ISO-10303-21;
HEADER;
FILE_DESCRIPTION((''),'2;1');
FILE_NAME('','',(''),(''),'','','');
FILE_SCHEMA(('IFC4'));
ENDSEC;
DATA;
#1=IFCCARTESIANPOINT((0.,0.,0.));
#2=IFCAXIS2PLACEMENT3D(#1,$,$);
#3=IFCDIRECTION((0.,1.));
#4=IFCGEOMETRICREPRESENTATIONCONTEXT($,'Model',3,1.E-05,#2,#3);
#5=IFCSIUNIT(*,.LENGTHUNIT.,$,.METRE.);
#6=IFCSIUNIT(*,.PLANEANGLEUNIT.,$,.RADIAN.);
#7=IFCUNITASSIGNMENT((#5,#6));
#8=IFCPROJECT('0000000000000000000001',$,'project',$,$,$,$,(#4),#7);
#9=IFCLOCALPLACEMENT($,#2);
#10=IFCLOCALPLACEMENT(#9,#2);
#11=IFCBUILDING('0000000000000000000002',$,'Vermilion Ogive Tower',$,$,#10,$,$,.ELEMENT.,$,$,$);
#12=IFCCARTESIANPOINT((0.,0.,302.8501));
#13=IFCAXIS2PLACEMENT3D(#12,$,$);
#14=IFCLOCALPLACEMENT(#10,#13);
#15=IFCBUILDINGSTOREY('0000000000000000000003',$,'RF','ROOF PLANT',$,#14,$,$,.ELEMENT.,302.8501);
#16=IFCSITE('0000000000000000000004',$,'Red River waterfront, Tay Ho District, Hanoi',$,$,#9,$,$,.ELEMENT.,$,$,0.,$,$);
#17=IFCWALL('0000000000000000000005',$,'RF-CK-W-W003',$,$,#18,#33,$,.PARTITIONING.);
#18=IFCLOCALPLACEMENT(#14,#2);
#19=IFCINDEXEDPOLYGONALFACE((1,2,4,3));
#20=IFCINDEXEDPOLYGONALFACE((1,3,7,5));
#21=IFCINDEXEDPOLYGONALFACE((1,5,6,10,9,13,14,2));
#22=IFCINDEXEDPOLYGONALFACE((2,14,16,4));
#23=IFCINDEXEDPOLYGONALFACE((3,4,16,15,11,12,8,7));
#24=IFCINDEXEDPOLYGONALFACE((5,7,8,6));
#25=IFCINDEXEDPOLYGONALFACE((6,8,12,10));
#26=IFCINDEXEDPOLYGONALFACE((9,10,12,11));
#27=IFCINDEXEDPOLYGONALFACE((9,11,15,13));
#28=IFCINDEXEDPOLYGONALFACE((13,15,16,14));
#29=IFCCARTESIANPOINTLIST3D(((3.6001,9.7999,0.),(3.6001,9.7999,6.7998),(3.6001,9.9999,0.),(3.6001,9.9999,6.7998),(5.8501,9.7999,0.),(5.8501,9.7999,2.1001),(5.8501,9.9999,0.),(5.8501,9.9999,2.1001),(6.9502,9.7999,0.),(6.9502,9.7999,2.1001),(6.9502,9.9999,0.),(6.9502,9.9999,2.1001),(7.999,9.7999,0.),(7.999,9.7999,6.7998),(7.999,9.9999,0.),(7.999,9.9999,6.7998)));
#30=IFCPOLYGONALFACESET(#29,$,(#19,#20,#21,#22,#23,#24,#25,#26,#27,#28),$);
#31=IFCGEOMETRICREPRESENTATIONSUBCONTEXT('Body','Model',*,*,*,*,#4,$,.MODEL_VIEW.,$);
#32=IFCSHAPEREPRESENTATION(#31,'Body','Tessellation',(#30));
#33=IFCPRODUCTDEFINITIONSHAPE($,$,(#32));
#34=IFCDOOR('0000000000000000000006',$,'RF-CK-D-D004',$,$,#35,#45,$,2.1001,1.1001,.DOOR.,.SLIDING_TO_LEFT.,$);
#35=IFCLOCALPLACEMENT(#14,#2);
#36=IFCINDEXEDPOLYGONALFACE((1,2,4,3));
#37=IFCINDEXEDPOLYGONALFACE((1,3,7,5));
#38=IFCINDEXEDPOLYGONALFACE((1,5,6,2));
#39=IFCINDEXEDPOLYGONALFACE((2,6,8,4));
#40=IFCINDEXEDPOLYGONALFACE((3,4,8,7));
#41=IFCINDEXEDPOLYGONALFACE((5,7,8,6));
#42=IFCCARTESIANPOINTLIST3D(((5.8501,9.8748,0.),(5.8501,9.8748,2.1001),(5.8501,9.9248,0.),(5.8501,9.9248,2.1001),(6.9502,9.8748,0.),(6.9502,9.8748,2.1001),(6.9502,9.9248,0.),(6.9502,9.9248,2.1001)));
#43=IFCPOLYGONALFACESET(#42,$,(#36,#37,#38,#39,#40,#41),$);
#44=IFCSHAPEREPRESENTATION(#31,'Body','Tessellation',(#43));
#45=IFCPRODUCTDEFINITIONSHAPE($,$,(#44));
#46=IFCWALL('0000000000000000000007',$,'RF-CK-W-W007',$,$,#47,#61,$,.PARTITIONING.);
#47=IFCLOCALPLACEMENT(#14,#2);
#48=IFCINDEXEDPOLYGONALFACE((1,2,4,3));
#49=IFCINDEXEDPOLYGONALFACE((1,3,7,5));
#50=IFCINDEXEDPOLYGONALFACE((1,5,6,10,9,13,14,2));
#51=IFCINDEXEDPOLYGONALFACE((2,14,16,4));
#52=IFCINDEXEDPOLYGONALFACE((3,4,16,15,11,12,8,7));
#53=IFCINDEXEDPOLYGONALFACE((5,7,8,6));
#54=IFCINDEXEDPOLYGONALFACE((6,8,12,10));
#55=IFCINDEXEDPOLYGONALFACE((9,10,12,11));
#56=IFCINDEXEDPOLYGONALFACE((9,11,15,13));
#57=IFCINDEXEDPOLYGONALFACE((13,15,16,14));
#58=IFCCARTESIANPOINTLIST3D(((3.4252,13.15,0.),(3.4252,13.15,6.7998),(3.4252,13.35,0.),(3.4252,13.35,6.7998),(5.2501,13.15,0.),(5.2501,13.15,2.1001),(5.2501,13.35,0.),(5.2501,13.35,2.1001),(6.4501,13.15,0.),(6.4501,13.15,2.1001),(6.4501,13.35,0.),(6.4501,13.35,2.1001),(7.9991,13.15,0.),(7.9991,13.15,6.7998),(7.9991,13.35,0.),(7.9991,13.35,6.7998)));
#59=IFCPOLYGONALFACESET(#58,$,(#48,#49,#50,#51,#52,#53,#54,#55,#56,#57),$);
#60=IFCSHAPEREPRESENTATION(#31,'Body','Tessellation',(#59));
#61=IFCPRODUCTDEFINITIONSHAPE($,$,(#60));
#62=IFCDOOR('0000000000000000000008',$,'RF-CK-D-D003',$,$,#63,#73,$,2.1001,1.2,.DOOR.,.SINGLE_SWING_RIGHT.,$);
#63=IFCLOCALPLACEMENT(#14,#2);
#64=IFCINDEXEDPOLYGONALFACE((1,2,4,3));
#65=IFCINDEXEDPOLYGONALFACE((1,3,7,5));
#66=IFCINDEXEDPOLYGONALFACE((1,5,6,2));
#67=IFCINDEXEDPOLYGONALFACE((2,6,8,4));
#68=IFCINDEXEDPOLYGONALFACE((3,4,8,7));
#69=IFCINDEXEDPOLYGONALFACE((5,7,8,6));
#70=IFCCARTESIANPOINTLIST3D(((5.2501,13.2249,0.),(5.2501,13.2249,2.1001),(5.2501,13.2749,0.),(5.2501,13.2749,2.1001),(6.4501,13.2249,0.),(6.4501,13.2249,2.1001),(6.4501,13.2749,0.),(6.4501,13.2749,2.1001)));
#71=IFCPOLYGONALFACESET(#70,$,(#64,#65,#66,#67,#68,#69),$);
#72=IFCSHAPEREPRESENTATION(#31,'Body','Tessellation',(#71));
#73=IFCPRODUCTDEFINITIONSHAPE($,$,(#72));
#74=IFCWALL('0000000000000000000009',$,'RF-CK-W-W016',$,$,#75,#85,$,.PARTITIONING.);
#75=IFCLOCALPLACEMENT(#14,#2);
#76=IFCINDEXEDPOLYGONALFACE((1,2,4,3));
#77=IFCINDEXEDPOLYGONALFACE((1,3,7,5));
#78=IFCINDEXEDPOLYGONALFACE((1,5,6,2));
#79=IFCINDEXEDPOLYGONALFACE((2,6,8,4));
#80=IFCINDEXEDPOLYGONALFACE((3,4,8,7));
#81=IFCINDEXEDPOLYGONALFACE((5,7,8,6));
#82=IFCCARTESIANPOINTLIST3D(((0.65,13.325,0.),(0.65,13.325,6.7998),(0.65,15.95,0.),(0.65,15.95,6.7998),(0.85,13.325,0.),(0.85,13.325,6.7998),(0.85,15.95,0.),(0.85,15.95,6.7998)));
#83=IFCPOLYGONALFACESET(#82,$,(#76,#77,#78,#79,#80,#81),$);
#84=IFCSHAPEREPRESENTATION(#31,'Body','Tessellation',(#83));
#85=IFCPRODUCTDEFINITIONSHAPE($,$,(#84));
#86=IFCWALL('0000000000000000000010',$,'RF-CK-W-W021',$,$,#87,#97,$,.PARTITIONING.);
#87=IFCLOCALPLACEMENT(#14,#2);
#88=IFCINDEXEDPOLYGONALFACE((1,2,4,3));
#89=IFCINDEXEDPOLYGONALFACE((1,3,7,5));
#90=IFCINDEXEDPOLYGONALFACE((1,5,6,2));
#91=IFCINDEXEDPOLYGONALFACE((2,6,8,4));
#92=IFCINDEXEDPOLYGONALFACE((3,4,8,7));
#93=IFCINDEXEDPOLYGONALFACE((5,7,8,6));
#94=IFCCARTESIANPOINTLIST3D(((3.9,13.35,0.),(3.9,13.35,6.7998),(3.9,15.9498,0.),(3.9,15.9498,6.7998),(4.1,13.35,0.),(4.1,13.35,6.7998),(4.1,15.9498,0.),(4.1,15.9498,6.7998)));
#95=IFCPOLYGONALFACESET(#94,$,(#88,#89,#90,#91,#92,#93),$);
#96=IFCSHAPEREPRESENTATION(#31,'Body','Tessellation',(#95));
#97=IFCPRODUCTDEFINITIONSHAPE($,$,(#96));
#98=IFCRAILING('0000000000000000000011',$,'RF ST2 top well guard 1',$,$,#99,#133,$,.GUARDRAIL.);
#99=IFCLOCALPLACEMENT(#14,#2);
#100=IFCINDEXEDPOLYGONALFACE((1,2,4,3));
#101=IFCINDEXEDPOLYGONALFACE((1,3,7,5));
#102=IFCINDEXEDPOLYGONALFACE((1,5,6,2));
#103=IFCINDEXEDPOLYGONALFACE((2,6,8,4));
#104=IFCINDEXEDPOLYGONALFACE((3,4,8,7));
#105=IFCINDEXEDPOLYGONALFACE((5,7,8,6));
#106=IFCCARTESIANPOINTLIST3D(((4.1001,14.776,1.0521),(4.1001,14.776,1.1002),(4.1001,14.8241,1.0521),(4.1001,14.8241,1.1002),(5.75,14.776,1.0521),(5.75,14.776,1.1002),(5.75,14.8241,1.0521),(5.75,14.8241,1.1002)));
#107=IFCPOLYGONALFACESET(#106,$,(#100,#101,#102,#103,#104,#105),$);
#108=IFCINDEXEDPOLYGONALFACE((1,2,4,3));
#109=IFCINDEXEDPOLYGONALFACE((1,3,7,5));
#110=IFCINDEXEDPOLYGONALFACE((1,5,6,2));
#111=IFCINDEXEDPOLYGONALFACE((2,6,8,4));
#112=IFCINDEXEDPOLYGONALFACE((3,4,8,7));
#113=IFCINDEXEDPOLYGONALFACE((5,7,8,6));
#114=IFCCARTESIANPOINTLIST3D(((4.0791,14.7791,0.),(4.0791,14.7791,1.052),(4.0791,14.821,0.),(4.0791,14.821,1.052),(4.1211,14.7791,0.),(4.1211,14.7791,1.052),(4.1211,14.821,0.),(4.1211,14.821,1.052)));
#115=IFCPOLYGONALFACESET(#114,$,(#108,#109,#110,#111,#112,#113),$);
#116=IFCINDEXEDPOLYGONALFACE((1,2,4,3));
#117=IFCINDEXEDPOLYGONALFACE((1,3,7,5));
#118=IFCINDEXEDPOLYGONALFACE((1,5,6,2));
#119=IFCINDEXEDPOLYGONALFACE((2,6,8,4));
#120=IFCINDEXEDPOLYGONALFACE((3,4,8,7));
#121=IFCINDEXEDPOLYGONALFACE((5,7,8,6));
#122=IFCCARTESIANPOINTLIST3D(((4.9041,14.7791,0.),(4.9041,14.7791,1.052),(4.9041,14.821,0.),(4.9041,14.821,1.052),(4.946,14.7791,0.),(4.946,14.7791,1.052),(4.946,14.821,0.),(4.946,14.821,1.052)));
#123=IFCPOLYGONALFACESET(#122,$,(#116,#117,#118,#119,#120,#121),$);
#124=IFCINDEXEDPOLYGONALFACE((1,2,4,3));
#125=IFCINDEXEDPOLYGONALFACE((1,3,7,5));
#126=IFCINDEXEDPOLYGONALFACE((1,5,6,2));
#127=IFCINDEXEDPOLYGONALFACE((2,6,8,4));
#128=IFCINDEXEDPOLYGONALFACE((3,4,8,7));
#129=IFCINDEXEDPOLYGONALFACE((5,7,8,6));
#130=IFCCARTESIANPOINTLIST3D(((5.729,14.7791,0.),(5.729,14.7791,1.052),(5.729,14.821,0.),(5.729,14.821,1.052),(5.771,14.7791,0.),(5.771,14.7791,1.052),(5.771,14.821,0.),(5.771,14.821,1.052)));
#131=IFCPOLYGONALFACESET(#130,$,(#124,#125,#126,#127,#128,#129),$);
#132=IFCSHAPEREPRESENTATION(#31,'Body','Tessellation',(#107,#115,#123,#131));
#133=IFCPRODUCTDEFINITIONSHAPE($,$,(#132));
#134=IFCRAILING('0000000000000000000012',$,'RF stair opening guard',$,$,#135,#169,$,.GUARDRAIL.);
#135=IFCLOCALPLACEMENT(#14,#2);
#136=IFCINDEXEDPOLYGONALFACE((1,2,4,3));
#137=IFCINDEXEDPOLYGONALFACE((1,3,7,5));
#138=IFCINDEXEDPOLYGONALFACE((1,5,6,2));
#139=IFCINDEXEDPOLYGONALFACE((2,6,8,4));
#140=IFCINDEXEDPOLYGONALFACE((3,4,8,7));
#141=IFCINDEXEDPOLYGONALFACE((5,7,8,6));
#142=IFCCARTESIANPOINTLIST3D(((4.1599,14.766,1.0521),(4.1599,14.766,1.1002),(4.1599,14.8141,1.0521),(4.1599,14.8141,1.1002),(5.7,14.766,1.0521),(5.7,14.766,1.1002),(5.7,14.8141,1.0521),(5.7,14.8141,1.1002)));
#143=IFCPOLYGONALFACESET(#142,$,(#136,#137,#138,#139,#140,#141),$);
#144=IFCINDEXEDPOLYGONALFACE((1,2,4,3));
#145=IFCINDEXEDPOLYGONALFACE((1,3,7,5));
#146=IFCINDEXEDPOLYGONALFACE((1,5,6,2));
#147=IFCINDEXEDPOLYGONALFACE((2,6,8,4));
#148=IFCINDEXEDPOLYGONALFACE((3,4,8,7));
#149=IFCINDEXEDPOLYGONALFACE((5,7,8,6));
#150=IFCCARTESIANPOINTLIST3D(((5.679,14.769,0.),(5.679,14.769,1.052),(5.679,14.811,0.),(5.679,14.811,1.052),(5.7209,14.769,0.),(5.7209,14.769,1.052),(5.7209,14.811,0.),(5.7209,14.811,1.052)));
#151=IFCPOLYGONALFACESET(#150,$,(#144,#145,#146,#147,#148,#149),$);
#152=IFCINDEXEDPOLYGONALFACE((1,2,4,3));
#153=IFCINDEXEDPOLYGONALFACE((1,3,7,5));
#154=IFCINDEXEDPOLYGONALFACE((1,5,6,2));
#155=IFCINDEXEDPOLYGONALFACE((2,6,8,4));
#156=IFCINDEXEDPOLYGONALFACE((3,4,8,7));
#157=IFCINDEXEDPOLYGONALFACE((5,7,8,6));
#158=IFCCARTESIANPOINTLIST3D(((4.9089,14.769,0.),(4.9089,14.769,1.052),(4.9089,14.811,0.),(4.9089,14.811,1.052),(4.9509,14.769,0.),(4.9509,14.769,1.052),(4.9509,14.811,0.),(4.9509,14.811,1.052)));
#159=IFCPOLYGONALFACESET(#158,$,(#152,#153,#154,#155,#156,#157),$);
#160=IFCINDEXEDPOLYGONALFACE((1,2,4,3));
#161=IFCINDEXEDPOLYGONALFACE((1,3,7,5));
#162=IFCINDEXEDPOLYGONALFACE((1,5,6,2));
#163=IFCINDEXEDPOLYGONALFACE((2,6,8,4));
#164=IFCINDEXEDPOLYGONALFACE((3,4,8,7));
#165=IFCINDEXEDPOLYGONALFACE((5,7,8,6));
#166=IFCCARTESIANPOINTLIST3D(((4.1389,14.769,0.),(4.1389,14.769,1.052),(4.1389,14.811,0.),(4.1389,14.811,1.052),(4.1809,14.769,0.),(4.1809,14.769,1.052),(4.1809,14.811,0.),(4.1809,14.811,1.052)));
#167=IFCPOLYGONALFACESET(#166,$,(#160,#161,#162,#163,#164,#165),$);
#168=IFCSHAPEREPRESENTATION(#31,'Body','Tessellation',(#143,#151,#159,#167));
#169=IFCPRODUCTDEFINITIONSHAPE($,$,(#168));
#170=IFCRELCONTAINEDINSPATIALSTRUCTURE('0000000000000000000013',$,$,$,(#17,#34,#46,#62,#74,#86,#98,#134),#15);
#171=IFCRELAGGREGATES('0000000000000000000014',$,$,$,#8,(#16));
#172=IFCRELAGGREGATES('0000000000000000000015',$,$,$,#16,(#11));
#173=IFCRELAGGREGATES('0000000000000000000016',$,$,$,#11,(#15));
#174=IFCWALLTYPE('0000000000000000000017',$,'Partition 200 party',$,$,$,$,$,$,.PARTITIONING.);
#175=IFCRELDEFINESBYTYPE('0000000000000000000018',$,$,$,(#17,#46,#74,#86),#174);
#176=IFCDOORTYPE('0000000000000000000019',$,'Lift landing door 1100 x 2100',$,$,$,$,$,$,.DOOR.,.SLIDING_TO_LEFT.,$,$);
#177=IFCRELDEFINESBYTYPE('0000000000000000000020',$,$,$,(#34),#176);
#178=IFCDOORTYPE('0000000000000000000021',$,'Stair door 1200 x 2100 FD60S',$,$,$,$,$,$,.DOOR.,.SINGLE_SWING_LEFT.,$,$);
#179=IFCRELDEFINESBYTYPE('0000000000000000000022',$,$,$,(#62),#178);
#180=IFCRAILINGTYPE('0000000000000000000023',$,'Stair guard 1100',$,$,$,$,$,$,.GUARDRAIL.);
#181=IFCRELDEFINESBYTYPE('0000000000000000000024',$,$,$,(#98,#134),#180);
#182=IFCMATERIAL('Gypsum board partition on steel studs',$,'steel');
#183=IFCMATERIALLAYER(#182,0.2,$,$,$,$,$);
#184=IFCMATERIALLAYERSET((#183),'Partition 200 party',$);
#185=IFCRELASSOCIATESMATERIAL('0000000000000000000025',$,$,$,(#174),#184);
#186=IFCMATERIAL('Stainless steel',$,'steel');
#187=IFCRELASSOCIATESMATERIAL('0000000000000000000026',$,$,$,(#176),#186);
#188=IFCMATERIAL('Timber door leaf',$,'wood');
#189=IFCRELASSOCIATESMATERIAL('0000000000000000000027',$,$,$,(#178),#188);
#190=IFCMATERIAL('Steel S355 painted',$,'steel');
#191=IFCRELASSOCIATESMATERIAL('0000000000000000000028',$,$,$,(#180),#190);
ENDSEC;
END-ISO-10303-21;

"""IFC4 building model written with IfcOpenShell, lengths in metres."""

from ifc_helpers import new_model, si_unit, direction, frame, frame_2d, origin, origin_2d, place, context, subcontext, project, spatial, rectangle, extrude, material, layer, layer_set, type_object, element, fill, save


model = new_model("IFC4")

# Units and contexts
model_context = context("Model", 3, precision=1e-05, world=origin(), true_north=direction((0.0, 1.0)))
body_context = subcontext(model_context, "Body", "Model", "MODEL_VIEW")
ifc_project = project(units=[si_unit("LENGTHUNIT", "METRE"), si_unit("PLANEANGLEUNIT", "RADIAN")], contexts=[model_context])

# Site, building, storey
site_placement = place(None, origin())
site = spatial("IfcSite", under=ifc_project, at=site_placement, Name="Red River waterfront, Tay Ho District, Hanoi", CompositionType="ELEMENT", RefElevation=0.0)
building_placement = place(site_placement, origin())
building = spatial("IfcBuilding", under=site, at=building_placement, Name="Vermilion Ogive Tower", CompositionType="ELEMENT")
storey_placement = place(building_placement, frame((0.0, 0.0, 302.8501)))
storey = spatial("IfcBuildingStorey", under=building, at=storey_placement, Name="RF", Description="ROOF PLANT", CompositionType="ELEMENT", Elevation=302.8501)

# Walls, openings, doors
ifc_material_1 = material(Name="Gypsum board partition on steel studs", Category="steel")
ifc_layer_1 = layer(ifc_material_1, 0.2)
ifc_layer_set_1 = layer_set([ifc_layer_1], Name="Partition 200 party")
wall_type_1 = type_object("IfcWallType", Name="Partition 200 party", PredefinedType="PARTITIONING", material=ifc_layer_set_1)
wall_1_placement = place(storey_placement, frame((3.6001, 9.8999, 0.0), z_axis=(0.0, 0.0, 1.0), x_axis=(1.0, 0.0, 0.0)))
wall_1 = element("IfcWall", 1, at=wall_1_placement, inside=storey, type_object=wall_type_1, Name="RF-CK-W-W003", PredefinedType="PARTITIONING", context=body_context, shape_type="SweptSolid", body=[
    extrude(rectangle(XDim=4.3989, YDim=0.2, at=frame_2d((2.1995, 0.0))), origin(), (0.0, 0.0, 1.0), 6.7998),
])
opening_1_placement = place(wall_1_placement, frame((2.25, 0.0, 0.0)))
opening_1 = element("IfcOpeningElement", 2, at=opening_1_placement, cuts=wall_1, PredefinedType="OPENING", context=body_context, shape_type="SweptSolid", body=[
    extrude(rectangle(XDim=1.1001, YDim=2.1001, at=frame_2d((0.55, 1.05))), frame((0.0, 0.1099, 0.0), z_axis=(0.0, -1.0, 0.0), x_axis=(1.0, 0.0, 0.0)), (0.0, 0.0, 1.0), 0.22),
])
ifc_material_2 = material(Name="Stainless steel", Category="steel")
door_type_1 = type_object("IfcDoorType", Name="Lift landing door 1100 x 2100", OperationType="SLIDING_TO_LEFT", PredefinedType="DOOR", material=ifc_material_2)
door_1_placement = place(opening_1_placement, origin())
door_1 = element("IfcDoor", 3, at=door_1_placement, inside=storey, type_object=door_type_1, Name="RF-CK-D-D004", OperationType="SLIDING_TO_LEFT", OverallHeight=2.1001, OverallWidth=1.1001, PredefinedType="DOOR", context=body_context, shape_type="SweptSolid", body=[
    extrude(rectangle(XDim=1.1001, YDim=2.1001, at=frame_2d((0.55, 1.05))), frame((0.0, 0.0249, 0.0), z_axis=(0.0, -1.0, 0.0), x_axis=(1.0, 0.0, 0.0)), (0.0, 0.0, 1.0), 0.05),
])
fill(opening_1, door_1)
wall_2_placement = place(storey_placement, frame((3.425, 13.25, 0.0), z_axis=(0.0, 0.0, 1.0), x_axis=(1.0, 0.0, 0.0)))
wall_2 = element("IfcWall", 4, at=wall_2_placement, inside=storey, type_object=wall_type_1, Name="RF-CK-W-W007", PredefinedType="PARTITIONING", context=body_context, shape_type="SweptSolid", body=[
    extrude(rectangle(XDim=4.574, YDim=0.2, at=frame_2d((2.2871, 0.0))), origin(), (0.0, 0.0, 1.0), 6.7998),
])
opening_2_placement = place(wall_2_placement, frame((1.825, 0.0, 0.0)))
opening_2 = element("IfcOpeningElement", 5, at=opening_2_placement, cuts=wall_2, PredefinedType="OPENING", context=body_context, shape_type="SweptSolid", body=[
    extrude(rectangle(XDim=1.2, YDim=2.1001, at=frame_2d((0.6001, 1.05))), frame((0.0, 0.1099, 0.0), z_axis=(0.0, -1.0, 0.0), x_axis=(1.0, 0.0, 0.0)), (0.0, 0.0, 1.0), 0.22),
])
ifc_material_3 = material(Name="Timber door leaf", Category="wood")
door_type_2 = type_object("IfcDoorType", Name="Stair door 1200 x 2100 FD60S", OperationType="SINGLE_SWING_LEFT", PredefinedType="DOOR", material=ifc_material_3)
door_2_placement = place(opening_2_placement, origin())
door_2 = element("IfcDoor", 6, at=door_2_placement, inside=storey, type_object=door_type_2, Name="RF-CK-D-D003", OperationType="SINGLE_SWING_RIGHT", OverallHeight=2.1001, OverallWidth=1.2, PredefinedType="DOOR", context=body_context, shape_type="SweptSolid", body=[
    extrude(rectangle(XDim=1.2, YDim=2.1001, at=frame_2d((0.6001, 1.05))), frame((0.0, 0.0249, 0.0), z_axis=(0.0, -1.0, 0.0), x_axis=(1.0, 0.0, 0.0)), (0.0, 0.0, 1.0), 0.05),
])
fill(opening_2, door_2)

# Walls
wall_3_placement = place(storey_placement, frame((0.75, 13.325, 0.0), z_axis=(0.0, 0.0, 1.0), x_axis=(0.0, 1.0, 0.0)))
element("IfcWall", 7, at=wall_3_placement, inside=storey, type_object=wall_type_1, Name="RF-CK-W-W016", PredefinedType="PARTITIONING", context=body_context, shape_type="SweptSolid", body=[
    extrude(rectangle(XDim=2.625, YDim=0.2, at=frame_2d((1.3125, 0.0))), origin(), (0.0, 0.0, 1.0), 6.7998),
])
wall_4_placement = place(storey_placement, frame((4.0, 13.3501, 0.0), z_axis=(0.0, 0.0, 1.0), x_axis=(0.0, 1.0, 0.0)))
element("IfcWall", 8, at=wall_4_placement, inside=storey, type_object=wall_type_1, Name="RF-CK-W-W021", PredefinedType="PARTITIONING", context=body_context, shape_type="SweptSolid", body=[
    extrude(rectangle(XDim=2.5999, YDim=0.2, at=frame_2d((1.2998, 0.0))), origin(), (0.0, 0.0, 1.0), 6.7998),
])

# Railings
ifc_material_4 = material(Name="Steel S355 painted", Category="steel")
railing_type = type_object("IfcRailingType", Name="Stair guard 1100", PredefinedType="GUARDRAIL", material=ifc_material_4)
railing_1_placement = place(storey_placement, frame((4.1001, 14.8, 0.0)))
element("IfcRailing", 9, at=railing_1_placement, inside=storey, type_object=railing_type, Name="RF ST2 top well guard 1", PredefinedType="GUARDRAIL", context=body_context, shape_type="SweptSolid", body=[
    extrude(rectangle(XDim=0.0481, YDim=0.0481, at=origin_2d()), frame((0.0, 0.0, 1.0762), z_axis=(1.0, 0.0, 0.0), x_axis=(0.0, 1.0, 0.0)), (0.0, 0.0, 1.0), 1.6499),
    extrude(rectangle(XDim=0.042, YDim=0.042, at=origin_2d()), origin(), (0.0, 0.0, 1.0), 1.052),
    extrude(rectangle(XDim=0.042, YDim=0.042, at=origin_2d()), frame((0.825, 0.0, 0.0)), (0.0, 0.0, 1.0), 1.052),
    extrude(rectangle(XDim=0.042, YDim=0.042, at=origin_2d()), frame((1.6499, 0.0, 0.0)), (0.0, 0.0, 1.0), 1.052),
])
railing_2_placement = place(storey_placement, frame((5.7, 14.79, 0.0)))
element("IfcRailing", 10, at=railing_2_placement, inside=storey, type_object=railing_type, Name="RF stair opening guard", PredefinedType="GUARDRAIL", context=body_context, shape_type="SweptSolid", body=[
    extrude(rectangle(XDim=0.0481, YDim=0.0481, at=origin_2d()), frame((0.0, 0.0, 1.0762), z_axis=(-1.0, 0.0, 0.0), x_axis=(0.0, -1.0, 0.0)), (0.0, 0.0, 1.0), 1.54),
    extrude(rectangle(XDim=0.042, YDim=0.042, at=origin_2d()), origin(), (0.0, 0.0, 1.0), 1.052),
    extrude(rectangle(XDim=0.042, YDim=0.042, at=origin_2d()), frame((-0.77, 0.0, 0.0)), (0.0, 0.0, 1.0), 1.052),
    extrude(rectangle(XDim=0.042, YDim=0.042, at=origin_2d()), frame((-1.54, 0.0, 0.0)), (0.0, 0.0, 1.0), 1.052),
])

save(model, "model.ifc")
